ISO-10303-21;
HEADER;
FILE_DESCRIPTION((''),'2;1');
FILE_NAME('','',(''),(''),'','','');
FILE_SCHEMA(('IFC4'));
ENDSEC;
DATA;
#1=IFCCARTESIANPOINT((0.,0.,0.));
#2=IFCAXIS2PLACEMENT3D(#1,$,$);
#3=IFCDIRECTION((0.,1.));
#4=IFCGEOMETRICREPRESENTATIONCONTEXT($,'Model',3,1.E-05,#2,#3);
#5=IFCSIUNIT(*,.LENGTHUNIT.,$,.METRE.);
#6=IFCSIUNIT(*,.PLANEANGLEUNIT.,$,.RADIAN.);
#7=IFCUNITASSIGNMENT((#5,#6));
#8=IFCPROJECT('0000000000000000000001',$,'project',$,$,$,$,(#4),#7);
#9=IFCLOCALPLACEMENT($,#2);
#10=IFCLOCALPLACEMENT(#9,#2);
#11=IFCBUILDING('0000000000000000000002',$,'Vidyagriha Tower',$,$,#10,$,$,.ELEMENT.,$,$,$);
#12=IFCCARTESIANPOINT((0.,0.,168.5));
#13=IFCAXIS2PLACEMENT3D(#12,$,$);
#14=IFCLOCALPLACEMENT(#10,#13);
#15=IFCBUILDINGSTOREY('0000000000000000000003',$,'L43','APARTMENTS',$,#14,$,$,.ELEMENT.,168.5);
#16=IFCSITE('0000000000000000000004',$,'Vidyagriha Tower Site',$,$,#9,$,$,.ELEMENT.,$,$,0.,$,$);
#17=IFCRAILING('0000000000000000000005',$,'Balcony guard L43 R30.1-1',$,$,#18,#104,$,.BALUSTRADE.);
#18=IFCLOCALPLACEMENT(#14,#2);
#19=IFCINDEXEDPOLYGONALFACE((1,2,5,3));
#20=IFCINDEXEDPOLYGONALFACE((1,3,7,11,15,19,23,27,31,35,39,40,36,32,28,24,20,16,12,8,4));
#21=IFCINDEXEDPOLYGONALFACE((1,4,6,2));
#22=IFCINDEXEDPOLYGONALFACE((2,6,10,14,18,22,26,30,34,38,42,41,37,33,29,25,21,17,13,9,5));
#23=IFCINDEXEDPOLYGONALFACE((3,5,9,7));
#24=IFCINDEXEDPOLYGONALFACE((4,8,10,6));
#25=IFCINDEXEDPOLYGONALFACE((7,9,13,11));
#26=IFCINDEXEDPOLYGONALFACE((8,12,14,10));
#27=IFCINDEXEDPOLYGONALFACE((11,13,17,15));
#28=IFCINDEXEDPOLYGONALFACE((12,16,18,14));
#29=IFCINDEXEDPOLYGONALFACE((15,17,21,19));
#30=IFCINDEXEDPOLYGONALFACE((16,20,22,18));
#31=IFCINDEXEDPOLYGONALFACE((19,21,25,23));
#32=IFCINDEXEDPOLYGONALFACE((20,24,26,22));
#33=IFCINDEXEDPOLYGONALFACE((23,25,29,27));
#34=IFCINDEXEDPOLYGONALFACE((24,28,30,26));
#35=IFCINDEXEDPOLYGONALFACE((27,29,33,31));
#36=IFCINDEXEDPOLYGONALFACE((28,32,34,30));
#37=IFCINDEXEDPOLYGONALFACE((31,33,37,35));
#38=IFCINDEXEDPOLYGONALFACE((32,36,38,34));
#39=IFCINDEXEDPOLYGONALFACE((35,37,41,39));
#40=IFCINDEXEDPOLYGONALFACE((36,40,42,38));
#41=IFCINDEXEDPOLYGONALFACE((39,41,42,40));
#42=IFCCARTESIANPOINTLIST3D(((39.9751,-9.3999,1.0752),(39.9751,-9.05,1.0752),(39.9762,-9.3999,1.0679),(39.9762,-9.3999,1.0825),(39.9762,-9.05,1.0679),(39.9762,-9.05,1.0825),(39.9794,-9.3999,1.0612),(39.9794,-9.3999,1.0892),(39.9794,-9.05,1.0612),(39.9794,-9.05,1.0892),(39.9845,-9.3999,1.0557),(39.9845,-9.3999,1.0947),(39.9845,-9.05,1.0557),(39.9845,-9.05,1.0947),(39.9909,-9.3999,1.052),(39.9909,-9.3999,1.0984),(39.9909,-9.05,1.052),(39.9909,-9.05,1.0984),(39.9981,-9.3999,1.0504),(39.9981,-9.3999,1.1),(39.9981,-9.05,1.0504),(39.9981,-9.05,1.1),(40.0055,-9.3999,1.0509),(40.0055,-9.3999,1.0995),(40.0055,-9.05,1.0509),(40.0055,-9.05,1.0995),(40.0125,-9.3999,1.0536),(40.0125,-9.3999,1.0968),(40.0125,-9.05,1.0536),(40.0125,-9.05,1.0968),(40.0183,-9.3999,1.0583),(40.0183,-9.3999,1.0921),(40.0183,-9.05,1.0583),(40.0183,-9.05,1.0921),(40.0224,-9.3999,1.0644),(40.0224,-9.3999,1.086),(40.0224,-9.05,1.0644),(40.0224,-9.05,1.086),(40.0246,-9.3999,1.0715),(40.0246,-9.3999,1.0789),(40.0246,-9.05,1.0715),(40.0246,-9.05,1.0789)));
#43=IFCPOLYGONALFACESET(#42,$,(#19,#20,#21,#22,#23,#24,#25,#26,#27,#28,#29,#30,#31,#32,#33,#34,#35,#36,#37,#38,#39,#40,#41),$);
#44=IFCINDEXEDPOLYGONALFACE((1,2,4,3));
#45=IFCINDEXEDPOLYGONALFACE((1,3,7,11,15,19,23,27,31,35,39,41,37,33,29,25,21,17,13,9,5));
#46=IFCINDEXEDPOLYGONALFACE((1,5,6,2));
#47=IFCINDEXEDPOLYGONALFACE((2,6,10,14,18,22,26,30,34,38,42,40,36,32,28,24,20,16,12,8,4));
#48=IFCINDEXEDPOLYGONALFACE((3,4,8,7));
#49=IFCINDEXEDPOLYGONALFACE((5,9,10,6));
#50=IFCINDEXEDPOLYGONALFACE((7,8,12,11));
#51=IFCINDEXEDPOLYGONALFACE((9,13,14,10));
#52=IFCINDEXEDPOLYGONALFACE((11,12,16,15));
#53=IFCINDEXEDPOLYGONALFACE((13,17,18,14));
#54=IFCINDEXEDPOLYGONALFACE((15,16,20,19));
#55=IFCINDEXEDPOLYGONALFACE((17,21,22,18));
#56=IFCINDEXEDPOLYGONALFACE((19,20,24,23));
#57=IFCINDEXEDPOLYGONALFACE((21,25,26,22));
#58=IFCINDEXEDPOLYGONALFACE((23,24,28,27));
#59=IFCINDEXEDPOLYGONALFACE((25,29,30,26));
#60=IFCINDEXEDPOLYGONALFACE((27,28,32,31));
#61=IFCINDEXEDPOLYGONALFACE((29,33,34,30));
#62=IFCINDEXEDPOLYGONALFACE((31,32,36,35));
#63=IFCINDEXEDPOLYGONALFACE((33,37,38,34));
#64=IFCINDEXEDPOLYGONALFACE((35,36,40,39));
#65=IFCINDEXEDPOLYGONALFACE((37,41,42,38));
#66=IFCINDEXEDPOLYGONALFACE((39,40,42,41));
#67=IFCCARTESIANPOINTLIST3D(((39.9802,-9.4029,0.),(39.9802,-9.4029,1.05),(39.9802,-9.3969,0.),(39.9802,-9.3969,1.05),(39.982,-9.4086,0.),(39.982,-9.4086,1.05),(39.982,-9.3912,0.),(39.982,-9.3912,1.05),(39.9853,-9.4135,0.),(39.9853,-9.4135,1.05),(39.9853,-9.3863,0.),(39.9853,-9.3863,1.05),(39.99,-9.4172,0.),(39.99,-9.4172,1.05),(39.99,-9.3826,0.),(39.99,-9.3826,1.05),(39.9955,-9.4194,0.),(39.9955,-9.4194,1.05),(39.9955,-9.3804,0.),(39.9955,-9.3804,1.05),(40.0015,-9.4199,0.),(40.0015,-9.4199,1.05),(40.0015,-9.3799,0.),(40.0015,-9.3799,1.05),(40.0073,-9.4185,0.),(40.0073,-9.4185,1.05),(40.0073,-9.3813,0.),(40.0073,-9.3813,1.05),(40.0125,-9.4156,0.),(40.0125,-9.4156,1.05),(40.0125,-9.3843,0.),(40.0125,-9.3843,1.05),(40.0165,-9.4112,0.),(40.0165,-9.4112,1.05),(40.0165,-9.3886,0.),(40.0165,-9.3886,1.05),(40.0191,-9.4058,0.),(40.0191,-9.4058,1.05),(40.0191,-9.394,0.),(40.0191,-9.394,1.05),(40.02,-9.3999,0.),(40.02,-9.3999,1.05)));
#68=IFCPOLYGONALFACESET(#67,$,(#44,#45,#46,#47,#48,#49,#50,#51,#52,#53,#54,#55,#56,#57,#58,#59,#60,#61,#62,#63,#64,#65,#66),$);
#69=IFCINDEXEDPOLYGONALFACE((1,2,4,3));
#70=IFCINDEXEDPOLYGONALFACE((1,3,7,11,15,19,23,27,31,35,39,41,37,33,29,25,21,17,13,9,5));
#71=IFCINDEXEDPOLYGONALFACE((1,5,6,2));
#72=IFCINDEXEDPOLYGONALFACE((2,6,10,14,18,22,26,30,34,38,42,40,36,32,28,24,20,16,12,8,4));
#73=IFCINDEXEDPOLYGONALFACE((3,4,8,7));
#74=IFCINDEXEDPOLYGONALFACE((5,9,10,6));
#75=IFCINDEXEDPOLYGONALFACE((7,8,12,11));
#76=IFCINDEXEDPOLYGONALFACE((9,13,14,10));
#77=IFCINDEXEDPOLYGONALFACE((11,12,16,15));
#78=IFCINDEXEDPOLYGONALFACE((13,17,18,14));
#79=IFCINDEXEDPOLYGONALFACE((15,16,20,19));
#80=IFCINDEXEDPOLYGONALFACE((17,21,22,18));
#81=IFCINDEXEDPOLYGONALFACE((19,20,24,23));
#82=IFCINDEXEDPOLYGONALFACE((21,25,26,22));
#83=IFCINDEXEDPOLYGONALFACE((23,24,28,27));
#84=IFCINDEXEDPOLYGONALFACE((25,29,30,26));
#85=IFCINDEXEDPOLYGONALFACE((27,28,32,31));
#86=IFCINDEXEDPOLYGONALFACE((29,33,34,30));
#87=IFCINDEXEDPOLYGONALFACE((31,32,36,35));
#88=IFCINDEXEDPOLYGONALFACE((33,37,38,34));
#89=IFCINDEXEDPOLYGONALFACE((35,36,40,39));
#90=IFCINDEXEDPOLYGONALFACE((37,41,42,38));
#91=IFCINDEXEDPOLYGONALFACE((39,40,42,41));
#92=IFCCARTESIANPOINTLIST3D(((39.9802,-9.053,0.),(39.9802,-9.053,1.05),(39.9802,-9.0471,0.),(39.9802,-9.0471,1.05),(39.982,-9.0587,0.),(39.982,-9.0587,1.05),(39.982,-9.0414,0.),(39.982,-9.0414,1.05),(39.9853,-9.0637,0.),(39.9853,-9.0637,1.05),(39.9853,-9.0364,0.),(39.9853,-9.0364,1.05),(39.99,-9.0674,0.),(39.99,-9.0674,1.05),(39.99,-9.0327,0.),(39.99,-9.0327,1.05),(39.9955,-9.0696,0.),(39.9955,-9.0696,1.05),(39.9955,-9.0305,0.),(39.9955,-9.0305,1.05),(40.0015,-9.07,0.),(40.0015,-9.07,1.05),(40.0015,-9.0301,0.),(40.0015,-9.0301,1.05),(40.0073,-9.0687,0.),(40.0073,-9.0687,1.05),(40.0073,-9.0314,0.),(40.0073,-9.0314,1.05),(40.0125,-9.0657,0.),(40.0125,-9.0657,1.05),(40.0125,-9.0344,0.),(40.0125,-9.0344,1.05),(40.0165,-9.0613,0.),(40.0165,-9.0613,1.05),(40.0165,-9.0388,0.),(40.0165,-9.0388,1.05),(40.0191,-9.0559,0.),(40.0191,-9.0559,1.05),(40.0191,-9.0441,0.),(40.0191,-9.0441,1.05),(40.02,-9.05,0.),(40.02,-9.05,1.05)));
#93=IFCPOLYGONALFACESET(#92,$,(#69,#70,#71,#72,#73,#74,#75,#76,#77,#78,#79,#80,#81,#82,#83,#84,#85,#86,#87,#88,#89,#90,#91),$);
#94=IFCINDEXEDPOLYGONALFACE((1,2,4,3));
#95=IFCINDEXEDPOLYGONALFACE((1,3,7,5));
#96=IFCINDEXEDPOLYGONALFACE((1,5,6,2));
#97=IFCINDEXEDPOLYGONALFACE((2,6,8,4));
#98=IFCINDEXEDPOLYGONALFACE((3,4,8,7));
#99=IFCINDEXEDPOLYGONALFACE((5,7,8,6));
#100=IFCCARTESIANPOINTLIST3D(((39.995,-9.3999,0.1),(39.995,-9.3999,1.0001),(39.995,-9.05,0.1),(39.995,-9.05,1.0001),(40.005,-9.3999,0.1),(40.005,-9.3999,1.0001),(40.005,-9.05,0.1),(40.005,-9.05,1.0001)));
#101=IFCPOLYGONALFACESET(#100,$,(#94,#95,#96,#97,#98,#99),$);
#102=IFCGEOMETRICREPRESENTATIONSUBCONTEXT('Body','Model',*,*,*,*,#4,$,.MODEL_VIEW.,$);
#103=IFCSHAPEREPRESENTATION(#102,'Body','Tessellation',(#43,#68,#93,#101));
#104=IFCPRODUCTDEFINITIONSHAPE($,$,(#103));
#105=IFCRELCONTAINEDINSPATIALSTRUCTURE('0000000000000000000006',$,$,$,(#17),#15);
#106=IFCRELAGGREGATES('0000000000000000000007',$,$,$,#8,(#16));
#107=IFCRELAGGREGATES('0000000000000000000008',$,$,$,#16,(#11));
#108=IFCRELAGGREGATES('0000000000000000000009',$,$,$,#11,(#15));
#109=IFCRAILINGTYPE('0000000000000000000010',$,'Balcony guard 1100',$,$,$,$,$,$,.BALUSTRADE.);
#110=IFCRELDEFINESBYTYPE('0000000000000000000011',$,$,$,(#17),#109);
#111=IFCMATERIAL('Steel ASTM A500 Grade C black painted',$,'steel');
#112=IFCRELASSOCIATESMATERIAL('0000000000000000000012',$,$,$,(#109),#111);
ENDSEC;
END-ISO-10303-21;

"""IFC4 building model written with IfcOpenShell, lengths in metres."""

from ifc_helpers import new_model, si_unit, direction, frame, origin, origin_2d, place, context, subcontext, project, spatial, rectangle, circle, extrude, material, type_object, element, save


model = new_model("IFC4")

# Units and contexts
model_context = context("Model", 3, precision=1e-05, world=origin(), true_north=direction((0.0, 1.0)))
body_context = subcontext(model_context, "Body", "Model", "MODEL_VIEW")
ifc_project = project(units=[si_unit("LENGTHUNIT", "METRE"), si_unit("PLANEANGLEUNIT", "RADIAN")], contexts=[model_context])

# Site, building, storey
site_placement = place(None, origin())
site = spatial("IfcSite", under=ifc_project, at=site_placement, Name="Vidyagriha Tower Site", CompositionType="ELEMENT", RefElevation=0.0)
building_placement = place(site_placement, origin())
building = spatial("IfcBuilding", under=site, at=building_placement, Name="Vidyagriha Tower", CompositionType="ELEMENT")
storey_placement = place(building_placement, frame((0.0, 0.0, 168.5)))
storey = spatial("IfcBuildingStorey", under=building, at=storey_placement, Name="L43", Description="APARTMENTS", CompositionType="ELEMENT", Elevation=168.5)

# Railing
ifc_material_1 = material(Name="Steel ASTM A500 Grade C black painted", Category="steel")
railing_type = type_object("IfcRailingType", Name="Balcony guard 1100", PredefinedType="BALUSTRADE", material=ifc_material_1)
railing_1_placement = place(storey_placement, frame((40.0, -9.3999, 0.0)))
element("IfcRailing", 1, at=railing_1_placement, inside=storey, type_object=railing_type, Name="Balcony guard L43 R30.1-1", PredefinedType="BALUSTRADE", context=body_context, shape_type="SweptSolid", body=[
    extrude(circle(Radius=0.0249, at=origin_2d()), frame((0.0, 0.0, 1.0752), z_axis=(0.0, 1.0, 0.0), x_axis=(-1.0, 0.0, 0.0)), (0.0, 0.0, 1.0), 0.3499),
    extrude(circle(Radius=0.02, at=origin_2d()), origin(), (0.0, 0.0, 1.0), 1.05),
    extrude(circle(Radius=0.02, at=origin_2d()), frame((0.0, 0.3499, 0.0)), (0.0, 0.0, 1.0), 1.05),
    extrude(rectangle(XDim=0.01, YDim=0.9001, at=origin_2d()), frame((0.0, 0.0, 0.55), z_axis=(0.0, 1.0, 0.0), x_axis=(-1.0, 0.0, 0.0)), (0.0, 0.0, 1.0), 0.3499),
])

save(model, "model.ifc")
